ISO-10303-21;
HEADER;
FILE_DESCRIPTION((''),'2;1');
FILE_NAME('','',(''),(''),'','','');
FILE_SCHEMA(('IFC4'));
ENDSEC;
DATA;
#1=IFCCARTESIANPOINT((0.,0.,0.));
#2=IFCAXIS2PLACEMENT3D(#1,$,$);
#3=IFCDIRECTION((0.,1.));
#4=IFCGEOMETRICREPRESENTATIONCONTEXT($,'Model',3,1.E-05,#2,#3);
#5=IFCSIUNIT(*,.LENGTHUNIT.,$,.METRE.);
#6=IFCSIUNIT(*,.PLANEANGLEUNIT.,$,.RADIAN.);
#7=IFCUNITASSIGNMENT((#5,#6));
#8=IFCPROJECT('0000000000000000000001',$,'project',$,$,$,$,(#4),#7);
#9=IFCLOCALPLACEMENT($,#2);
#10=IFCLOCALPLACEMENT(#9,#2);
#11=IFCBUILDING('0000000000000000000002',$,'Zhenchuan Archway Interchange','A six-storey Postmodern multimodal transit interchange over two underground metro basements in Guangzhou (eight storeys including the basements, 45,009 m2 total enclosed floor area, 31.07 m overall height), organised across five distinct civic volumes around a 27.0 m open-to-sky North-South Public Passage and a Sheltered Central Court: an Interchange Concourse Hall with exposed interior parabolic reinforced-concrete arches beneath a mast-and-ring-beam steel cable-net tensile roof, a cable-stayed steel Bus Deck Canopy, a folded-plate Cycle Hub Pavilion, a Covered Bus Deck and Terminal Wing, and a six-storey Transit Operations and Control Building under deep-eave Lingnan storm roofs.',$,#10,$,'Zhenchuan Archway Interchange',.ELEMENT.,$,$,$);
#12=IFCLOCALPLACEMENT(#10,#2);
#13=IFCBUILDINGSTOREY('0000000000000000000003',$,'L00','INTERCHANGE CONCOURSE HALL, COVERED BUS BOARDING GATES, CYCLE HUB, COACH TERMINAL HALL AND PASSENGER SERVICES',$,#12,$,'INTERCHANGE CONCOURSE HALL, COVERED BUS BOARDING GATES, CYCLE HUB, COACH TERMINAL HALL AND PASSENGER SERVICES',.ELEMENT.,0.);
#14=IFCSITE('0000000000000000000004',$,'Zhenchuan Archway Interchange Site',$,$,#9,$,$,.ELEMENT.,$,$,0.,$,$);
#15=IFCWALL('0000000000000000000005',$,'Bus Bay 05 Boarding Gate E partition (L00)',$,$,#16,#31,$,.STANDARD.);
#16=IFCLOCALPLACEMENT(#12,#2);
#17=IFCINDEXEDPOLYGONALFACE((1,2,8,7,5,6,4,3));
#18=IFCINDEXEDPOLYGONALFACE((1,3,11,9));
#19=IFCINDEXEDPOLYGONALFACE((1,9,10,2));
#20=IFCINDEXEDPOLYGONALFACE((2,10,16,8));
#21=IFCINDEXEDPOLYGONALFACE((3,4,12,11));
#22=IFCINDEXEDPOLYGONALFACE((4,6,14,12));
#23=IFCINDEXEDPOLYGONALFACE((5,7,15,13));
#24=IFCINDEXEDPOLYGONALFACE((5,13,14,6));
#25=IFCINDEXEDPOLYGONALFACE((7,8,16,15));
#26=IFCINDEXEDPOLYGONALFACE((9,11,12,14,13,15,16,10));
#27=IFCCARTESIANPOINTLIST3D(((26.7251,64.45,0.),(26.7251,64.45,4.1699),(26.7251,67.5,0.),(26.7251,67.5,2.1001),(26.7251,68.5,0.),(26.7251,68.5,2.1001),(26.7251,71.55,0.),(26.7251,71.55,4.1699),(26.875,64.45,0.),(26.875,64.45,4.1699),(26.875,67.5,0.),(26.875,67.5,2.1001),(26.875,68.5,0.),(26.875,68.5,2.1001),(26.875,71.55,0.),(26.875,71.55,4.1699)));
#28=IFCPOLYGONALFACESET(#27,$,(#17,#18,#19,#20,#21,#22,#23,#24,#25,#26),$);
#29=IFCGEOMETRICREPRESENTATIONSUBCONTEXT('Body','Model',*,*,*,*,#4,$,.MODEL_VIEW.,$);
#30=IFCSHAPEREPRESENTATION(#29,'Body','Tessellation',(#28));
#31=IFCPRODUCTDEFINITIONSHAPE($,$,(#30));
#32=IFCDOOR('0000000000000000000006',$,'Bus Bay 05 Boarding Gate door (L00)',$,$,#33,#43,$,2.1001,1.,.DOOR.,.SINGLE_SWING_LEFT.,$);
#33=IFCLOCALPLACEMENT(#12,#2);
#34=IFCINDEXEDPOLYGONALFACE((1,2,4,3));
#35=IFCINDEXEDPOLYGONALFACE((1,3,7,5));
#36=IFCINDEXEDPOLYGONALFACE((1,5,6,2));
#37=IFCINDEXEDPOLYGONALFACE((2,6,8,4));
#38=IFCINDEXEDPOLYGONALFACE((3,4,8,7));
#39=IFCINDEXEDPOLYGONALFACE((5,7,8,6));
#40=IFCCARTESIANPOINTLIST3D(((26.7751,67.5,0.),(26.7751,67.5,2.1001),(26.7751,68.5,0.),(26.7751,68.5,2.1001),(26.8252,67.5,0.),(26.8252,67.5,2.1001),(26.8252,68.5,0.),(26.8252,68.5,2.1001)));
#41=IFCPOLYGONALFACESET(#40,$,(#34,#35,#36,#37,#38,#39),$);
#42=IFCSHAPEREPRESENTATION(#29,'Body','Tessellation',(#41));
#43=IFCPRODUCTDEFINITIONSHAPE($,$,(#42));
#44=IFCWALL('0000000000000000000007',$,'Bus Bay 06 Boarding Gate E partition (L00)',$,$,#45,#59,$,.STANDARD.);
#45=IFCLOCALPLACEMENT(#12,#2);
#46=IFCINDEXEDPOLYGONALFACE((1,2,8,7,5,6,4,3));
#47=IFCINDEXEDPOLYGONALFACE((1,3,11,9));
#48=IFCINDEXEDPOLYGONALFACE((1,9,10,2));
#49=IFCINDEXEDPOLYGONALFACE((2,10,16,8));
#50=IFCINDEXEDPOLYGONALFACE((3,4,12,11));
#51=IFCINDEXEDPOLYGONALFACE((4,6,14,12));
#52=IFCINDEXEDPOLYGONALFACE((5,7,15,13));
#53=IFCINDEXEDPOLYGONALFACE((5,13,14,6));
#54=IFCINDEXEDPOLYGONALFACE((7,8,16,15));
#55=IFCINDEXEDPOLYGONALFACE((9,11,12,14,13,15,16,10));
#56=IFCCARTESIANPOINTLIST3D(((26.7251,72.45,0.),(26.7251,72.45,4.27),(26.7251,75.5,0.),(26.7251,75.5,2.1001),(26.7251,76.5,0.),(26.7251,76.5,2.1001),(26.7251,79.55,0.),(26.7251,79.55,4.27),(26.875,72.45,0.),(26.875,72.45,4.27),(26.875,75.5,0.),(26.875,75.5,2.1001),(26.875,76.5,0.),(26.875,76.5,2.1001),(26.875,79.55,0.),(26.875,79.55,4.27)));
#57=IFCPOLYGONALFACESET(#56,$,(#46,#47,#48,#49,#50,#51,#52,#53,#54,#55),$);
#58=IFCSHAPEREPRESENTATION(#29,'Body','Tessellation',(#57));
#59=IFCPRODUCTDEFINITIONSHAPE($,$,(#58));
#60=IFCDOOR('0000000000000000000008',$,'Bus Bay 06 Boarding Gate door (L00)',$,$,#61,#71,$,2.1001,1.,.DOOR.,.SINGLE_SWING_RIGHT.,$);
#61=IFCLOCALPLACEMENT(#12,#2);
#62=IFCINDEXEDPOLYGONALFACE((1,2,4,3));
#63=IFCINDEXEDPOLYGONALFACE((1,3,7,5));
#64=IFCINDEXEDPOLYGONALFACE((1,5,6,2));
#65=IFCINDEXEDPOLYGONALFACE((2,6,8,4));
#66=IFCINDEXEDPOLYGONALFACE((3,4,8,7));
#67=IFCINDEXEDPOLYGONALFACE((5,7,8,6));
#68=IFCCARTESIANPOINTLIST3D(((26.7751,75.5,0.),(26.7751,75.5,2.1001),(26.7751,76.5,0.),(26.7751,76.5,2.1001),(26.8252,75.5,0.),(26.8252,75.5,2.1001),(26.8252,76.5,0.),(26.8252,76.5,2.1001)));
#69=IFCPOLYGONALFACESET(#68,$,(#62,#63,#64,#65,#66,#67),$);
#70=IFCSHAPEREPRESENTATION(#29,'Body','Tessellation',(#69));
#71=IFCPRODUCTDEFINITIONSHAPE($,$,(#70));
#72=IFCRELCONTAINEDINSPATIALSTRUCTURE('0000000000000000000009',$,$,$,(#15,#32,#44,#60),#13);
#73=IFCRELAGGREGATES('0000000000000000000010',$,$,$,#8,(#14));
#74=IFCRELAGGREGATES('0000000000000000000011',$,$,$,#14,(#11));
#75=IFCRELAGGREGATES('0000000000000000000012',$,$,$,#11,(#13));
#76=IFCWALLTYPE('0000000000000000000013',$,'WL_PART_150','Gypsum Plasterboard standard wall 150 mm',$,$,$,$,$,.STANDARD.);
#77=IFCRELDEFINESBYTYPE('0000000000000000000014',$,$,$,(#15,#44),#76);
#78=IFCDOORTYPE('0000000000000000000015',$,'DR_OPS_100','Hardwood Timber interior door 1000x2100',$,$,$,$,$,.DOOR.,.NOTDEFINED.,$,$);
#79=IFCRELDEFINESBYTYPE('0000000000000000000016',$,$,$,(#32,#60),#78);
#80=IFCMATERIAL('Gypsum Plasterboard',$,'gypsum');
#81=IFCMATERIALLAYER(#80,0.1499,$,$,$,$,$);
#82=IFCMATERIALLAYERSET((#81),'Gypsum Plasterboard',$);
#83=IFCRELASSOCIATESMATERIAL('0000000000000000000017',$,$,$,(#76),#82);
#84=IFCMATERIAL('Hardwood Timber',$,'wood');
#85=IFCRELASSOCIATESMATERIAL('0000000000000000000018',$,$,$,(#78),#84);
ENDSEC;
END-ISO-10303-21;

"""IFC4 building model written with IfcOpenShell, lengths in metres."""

from ifc_helpers import new_model, si_unit, direction, frame, frame_2d, origin, place, context, subcontext, project, spatial, rectangle, extrude, material, layer, layer_set, type_object, element, fill, save


model = new_model("IFC4")

# Units and contexts
model_context = context("Model", 3, precision=1e-05, world=origin(), true_north=direction((0.0, 1.0)))
body_context = subcontext(model_context, "Body", "Model", "MODEL_VIEW")
ifc_project = project(units=[si_unit("LENGTHUNIT", "METRE"), si_unit("PLANEANGLEUNIT", "RADIAN")], contexts=[model_context])

# Site, building, storey
site_placement = place(None, origin())
site = spatial("IfcSite", under=ifc_project, at=site_placement, Name="Zhenchuan Archway Interchange Site", CompositionType="ELEMENT", RefElevation=0.0)
building_placement = place(site_placement, origin())
building = spatial("IfcBuilding", under=site, at=building_placement, Name="Zhenchuan Archway Interchange", Description="A six-storey Postmodern multimodal transit interchange over two underground metro basements in Guangzhou (eight storeys including the basements, 45,009 m2 total enclosed floor area, 31.07 m overall height), organised across five distinct civic volumes around a 27.0 m open-to-sky North-South Public Passage and a Sheltered Central Court: an Interchange Concourse Hall with exposed interior parabolic reinforced-concrete arches beneath a mast-and-ring-beam steel cable-net tensile roof, a cable-stayed steel Bus Deck Canopy, a folded-plate Cycle Hub Pavilion, a Covered Bus Deck and Terminal Wing, and a six-storey Transit Operations and Control Building under deep-eave Lingnan storm roofs.", LongName="Zhenchuan Archway Interchange", CompositionType="ELEMENT")
storey_placement = place(building_placement, origin())
storey = spatial("IfcBuildingStorey", under=building, at=storey_placement, Name="L00", Description="INTERCHANGE CONCOURSE HALL, COVERED BUS BOARDING GATES, CYCLE HUB, COACH TERMINAL HALL AND PASSENGER SERVICES", LongName="INTERCHANGE CONCOURSE HALL, COVERED BUS BOARDING GATES, CYCLE HUB, COACH TERMINAL HALL AND PASSENGER SERVICES", CompositionType="ELEMENT", Elevation=0.0)

# Walls, openings, doors
ifc_material_1 = material(Name="Gypsum Plasterboard", Category="gypsum")
ifc_layer = layer(ifc_material_1, 0.1499)
ifc_layer_set = layer_set([ifc_layer], Name="Gypsum Plasterboard")
wall_type = type_object("IfcWallType", Name="WL_PART_150", Description="Gypsum Plasterboard standard wall 150 mm", PredefinedType="STANDARD", material=ifc_layer_set)
wall_1_placement = place(storey_placement, frame((26.8, 64.45, 0.0), z_axis=(0.0, 0.0, 1.0), x_axis=(0.0, 1.0, 0.0)))
wall_1 = element("IfcWall", 1, at=wall_1_placement, inside=storey, type_object=wall_type, Name="Bus Bay 05 Boarding Gate E partition (L00)", PredefinedType="STANDARD", context=body_context, shape_type="SweptSolid", body=[
    extrude(rectangle(XDim=7.1001, YDim=0.1499, at=frame_2d((3.55, 0.0))), origin(), (0.0, 0.0, 1.0), 4.1699),
])
opening_1_placement = place(wall_1_placement, frame((3.05, 0.0, 0.0)))
opening_1 = element("IfcOpeningElement", 2, at=opening_1_placement, cuts=wall_1, PredefinedType="OPENING", context=body_context, shape_type="SweptSolid", body=[
    extrude(rectangle(XDim=1.0, YDim=2.1001, at=frame_2d((0.5, 1.05))), frame((0.0, 0.0869, 0.0), z_axis=(0.0, -1.0, 0.0), x_axis=(1.0, 0.0, 0.0)), (0.0, 0.0, 1.0), 0.1738),
])
ifc_material_2 = material(Name="Hardwood Timber", Category="wood")
door_type = type_object("IfcDoorType", Name="DR_OPS_100", Description="Hardwood Timber interior door 1000x2100", OperationType="NOTDEFINED", PredefinedType="DOOR", material=ifc_material_2)
door_1_placement = place(opening_1_placement, origin())
door_1 = element("IfcDoor", 3, at=door_1_placement, inside=storey, type_object=door_type, Name="Bus Bay 05 Boarding Gate door (L00)", OperationType="SINGLE_SWING_LEFT", OverallHeight=2.1001, OverallWidth=1.0, PredefinedType="DOOR", context=body_context, shape_type="SweptSolid", body=[
    extrude(rectangle(XDim=1.0, YDim=2.1001, at=frame_2d((0.5, 1.05))), frame((0.0, 0.0249, 0.0), z_axis=(0.0, -1.0, 0.0), x_axis=(1.0, 0.0, 0.0)), (0.0, 0.0, 1.0), 0.05),
])
fill(opening_1, door_1)
wall_2_placement = place(storey_placement, frame((26.8, 72.45, 0.0), z_axis=(0.0, 0.0, 1.0), x_axis=(0.0, 1.0, 0.0)))
wall_2 = element("IfcWall", 4, at=wall_2_placement, inside=storey, type_object=wall_type, Name="Bus Bay 06 Boarding Gate E partition (L00)", PredefinedType="STANDARD", context=body_context, shape_type="SweptSolid", body=[
    extrude(rectangle(XDim=7.1001, YDim=0.1499, at=frame_2d((3.55, 0.0))), origin(), (0.0, 0.0, 1.0), 4.27),
])
opening_2_placement = place(wall_2_placement, frame((3.05, 0.0, 0.0)))
opening_2 = element("IfcOpeningElement", 5, at=opening_2_placement, cuts=wall_2, PredefinedType="OPENING", context=body_context, shape_type="SweptSolid", body=[
    extrude(rectangle(XDim=1.0, YDim=2.1001, at=frame_2d((0.5, 1.05))), frame((0.0, 0.0869, 0.0), z_axis=(0.0, -1.0, 0.0), x_axis=(1.0, 0.0, 0.0)), (0.0, 0.0, 1.0), 0.1738),
])
door_2_placement = place(opening_2_placement, origin())
door_2 = element("IfcDoor", 6, at=door_2_placement, inside=storey, type_object=door_type, Name="Bus Bay 06 Boarding Gate door (L00)", OperationType="SINGLE_SWING_RIGHT", OverallHeight=2.1001, OverallWidth=1.0, PredefinedType="DOOR", context=body_context, shape_type="SweptSolid", body=[
    extrude(rectangle(XDim=1.0, YDim=2.1001, at=frame_2d((0.5, 1.05))), frame((0.0, 0.0249, 0.0), z_axis=(0.0, -1.0, 0.0), x_axis=(1.0, 0.0, 0.0)), (0.0, 0.0, 1.0), 0.05),
])
fill(opening_2, door_2)

save(model, "model.ifc")
